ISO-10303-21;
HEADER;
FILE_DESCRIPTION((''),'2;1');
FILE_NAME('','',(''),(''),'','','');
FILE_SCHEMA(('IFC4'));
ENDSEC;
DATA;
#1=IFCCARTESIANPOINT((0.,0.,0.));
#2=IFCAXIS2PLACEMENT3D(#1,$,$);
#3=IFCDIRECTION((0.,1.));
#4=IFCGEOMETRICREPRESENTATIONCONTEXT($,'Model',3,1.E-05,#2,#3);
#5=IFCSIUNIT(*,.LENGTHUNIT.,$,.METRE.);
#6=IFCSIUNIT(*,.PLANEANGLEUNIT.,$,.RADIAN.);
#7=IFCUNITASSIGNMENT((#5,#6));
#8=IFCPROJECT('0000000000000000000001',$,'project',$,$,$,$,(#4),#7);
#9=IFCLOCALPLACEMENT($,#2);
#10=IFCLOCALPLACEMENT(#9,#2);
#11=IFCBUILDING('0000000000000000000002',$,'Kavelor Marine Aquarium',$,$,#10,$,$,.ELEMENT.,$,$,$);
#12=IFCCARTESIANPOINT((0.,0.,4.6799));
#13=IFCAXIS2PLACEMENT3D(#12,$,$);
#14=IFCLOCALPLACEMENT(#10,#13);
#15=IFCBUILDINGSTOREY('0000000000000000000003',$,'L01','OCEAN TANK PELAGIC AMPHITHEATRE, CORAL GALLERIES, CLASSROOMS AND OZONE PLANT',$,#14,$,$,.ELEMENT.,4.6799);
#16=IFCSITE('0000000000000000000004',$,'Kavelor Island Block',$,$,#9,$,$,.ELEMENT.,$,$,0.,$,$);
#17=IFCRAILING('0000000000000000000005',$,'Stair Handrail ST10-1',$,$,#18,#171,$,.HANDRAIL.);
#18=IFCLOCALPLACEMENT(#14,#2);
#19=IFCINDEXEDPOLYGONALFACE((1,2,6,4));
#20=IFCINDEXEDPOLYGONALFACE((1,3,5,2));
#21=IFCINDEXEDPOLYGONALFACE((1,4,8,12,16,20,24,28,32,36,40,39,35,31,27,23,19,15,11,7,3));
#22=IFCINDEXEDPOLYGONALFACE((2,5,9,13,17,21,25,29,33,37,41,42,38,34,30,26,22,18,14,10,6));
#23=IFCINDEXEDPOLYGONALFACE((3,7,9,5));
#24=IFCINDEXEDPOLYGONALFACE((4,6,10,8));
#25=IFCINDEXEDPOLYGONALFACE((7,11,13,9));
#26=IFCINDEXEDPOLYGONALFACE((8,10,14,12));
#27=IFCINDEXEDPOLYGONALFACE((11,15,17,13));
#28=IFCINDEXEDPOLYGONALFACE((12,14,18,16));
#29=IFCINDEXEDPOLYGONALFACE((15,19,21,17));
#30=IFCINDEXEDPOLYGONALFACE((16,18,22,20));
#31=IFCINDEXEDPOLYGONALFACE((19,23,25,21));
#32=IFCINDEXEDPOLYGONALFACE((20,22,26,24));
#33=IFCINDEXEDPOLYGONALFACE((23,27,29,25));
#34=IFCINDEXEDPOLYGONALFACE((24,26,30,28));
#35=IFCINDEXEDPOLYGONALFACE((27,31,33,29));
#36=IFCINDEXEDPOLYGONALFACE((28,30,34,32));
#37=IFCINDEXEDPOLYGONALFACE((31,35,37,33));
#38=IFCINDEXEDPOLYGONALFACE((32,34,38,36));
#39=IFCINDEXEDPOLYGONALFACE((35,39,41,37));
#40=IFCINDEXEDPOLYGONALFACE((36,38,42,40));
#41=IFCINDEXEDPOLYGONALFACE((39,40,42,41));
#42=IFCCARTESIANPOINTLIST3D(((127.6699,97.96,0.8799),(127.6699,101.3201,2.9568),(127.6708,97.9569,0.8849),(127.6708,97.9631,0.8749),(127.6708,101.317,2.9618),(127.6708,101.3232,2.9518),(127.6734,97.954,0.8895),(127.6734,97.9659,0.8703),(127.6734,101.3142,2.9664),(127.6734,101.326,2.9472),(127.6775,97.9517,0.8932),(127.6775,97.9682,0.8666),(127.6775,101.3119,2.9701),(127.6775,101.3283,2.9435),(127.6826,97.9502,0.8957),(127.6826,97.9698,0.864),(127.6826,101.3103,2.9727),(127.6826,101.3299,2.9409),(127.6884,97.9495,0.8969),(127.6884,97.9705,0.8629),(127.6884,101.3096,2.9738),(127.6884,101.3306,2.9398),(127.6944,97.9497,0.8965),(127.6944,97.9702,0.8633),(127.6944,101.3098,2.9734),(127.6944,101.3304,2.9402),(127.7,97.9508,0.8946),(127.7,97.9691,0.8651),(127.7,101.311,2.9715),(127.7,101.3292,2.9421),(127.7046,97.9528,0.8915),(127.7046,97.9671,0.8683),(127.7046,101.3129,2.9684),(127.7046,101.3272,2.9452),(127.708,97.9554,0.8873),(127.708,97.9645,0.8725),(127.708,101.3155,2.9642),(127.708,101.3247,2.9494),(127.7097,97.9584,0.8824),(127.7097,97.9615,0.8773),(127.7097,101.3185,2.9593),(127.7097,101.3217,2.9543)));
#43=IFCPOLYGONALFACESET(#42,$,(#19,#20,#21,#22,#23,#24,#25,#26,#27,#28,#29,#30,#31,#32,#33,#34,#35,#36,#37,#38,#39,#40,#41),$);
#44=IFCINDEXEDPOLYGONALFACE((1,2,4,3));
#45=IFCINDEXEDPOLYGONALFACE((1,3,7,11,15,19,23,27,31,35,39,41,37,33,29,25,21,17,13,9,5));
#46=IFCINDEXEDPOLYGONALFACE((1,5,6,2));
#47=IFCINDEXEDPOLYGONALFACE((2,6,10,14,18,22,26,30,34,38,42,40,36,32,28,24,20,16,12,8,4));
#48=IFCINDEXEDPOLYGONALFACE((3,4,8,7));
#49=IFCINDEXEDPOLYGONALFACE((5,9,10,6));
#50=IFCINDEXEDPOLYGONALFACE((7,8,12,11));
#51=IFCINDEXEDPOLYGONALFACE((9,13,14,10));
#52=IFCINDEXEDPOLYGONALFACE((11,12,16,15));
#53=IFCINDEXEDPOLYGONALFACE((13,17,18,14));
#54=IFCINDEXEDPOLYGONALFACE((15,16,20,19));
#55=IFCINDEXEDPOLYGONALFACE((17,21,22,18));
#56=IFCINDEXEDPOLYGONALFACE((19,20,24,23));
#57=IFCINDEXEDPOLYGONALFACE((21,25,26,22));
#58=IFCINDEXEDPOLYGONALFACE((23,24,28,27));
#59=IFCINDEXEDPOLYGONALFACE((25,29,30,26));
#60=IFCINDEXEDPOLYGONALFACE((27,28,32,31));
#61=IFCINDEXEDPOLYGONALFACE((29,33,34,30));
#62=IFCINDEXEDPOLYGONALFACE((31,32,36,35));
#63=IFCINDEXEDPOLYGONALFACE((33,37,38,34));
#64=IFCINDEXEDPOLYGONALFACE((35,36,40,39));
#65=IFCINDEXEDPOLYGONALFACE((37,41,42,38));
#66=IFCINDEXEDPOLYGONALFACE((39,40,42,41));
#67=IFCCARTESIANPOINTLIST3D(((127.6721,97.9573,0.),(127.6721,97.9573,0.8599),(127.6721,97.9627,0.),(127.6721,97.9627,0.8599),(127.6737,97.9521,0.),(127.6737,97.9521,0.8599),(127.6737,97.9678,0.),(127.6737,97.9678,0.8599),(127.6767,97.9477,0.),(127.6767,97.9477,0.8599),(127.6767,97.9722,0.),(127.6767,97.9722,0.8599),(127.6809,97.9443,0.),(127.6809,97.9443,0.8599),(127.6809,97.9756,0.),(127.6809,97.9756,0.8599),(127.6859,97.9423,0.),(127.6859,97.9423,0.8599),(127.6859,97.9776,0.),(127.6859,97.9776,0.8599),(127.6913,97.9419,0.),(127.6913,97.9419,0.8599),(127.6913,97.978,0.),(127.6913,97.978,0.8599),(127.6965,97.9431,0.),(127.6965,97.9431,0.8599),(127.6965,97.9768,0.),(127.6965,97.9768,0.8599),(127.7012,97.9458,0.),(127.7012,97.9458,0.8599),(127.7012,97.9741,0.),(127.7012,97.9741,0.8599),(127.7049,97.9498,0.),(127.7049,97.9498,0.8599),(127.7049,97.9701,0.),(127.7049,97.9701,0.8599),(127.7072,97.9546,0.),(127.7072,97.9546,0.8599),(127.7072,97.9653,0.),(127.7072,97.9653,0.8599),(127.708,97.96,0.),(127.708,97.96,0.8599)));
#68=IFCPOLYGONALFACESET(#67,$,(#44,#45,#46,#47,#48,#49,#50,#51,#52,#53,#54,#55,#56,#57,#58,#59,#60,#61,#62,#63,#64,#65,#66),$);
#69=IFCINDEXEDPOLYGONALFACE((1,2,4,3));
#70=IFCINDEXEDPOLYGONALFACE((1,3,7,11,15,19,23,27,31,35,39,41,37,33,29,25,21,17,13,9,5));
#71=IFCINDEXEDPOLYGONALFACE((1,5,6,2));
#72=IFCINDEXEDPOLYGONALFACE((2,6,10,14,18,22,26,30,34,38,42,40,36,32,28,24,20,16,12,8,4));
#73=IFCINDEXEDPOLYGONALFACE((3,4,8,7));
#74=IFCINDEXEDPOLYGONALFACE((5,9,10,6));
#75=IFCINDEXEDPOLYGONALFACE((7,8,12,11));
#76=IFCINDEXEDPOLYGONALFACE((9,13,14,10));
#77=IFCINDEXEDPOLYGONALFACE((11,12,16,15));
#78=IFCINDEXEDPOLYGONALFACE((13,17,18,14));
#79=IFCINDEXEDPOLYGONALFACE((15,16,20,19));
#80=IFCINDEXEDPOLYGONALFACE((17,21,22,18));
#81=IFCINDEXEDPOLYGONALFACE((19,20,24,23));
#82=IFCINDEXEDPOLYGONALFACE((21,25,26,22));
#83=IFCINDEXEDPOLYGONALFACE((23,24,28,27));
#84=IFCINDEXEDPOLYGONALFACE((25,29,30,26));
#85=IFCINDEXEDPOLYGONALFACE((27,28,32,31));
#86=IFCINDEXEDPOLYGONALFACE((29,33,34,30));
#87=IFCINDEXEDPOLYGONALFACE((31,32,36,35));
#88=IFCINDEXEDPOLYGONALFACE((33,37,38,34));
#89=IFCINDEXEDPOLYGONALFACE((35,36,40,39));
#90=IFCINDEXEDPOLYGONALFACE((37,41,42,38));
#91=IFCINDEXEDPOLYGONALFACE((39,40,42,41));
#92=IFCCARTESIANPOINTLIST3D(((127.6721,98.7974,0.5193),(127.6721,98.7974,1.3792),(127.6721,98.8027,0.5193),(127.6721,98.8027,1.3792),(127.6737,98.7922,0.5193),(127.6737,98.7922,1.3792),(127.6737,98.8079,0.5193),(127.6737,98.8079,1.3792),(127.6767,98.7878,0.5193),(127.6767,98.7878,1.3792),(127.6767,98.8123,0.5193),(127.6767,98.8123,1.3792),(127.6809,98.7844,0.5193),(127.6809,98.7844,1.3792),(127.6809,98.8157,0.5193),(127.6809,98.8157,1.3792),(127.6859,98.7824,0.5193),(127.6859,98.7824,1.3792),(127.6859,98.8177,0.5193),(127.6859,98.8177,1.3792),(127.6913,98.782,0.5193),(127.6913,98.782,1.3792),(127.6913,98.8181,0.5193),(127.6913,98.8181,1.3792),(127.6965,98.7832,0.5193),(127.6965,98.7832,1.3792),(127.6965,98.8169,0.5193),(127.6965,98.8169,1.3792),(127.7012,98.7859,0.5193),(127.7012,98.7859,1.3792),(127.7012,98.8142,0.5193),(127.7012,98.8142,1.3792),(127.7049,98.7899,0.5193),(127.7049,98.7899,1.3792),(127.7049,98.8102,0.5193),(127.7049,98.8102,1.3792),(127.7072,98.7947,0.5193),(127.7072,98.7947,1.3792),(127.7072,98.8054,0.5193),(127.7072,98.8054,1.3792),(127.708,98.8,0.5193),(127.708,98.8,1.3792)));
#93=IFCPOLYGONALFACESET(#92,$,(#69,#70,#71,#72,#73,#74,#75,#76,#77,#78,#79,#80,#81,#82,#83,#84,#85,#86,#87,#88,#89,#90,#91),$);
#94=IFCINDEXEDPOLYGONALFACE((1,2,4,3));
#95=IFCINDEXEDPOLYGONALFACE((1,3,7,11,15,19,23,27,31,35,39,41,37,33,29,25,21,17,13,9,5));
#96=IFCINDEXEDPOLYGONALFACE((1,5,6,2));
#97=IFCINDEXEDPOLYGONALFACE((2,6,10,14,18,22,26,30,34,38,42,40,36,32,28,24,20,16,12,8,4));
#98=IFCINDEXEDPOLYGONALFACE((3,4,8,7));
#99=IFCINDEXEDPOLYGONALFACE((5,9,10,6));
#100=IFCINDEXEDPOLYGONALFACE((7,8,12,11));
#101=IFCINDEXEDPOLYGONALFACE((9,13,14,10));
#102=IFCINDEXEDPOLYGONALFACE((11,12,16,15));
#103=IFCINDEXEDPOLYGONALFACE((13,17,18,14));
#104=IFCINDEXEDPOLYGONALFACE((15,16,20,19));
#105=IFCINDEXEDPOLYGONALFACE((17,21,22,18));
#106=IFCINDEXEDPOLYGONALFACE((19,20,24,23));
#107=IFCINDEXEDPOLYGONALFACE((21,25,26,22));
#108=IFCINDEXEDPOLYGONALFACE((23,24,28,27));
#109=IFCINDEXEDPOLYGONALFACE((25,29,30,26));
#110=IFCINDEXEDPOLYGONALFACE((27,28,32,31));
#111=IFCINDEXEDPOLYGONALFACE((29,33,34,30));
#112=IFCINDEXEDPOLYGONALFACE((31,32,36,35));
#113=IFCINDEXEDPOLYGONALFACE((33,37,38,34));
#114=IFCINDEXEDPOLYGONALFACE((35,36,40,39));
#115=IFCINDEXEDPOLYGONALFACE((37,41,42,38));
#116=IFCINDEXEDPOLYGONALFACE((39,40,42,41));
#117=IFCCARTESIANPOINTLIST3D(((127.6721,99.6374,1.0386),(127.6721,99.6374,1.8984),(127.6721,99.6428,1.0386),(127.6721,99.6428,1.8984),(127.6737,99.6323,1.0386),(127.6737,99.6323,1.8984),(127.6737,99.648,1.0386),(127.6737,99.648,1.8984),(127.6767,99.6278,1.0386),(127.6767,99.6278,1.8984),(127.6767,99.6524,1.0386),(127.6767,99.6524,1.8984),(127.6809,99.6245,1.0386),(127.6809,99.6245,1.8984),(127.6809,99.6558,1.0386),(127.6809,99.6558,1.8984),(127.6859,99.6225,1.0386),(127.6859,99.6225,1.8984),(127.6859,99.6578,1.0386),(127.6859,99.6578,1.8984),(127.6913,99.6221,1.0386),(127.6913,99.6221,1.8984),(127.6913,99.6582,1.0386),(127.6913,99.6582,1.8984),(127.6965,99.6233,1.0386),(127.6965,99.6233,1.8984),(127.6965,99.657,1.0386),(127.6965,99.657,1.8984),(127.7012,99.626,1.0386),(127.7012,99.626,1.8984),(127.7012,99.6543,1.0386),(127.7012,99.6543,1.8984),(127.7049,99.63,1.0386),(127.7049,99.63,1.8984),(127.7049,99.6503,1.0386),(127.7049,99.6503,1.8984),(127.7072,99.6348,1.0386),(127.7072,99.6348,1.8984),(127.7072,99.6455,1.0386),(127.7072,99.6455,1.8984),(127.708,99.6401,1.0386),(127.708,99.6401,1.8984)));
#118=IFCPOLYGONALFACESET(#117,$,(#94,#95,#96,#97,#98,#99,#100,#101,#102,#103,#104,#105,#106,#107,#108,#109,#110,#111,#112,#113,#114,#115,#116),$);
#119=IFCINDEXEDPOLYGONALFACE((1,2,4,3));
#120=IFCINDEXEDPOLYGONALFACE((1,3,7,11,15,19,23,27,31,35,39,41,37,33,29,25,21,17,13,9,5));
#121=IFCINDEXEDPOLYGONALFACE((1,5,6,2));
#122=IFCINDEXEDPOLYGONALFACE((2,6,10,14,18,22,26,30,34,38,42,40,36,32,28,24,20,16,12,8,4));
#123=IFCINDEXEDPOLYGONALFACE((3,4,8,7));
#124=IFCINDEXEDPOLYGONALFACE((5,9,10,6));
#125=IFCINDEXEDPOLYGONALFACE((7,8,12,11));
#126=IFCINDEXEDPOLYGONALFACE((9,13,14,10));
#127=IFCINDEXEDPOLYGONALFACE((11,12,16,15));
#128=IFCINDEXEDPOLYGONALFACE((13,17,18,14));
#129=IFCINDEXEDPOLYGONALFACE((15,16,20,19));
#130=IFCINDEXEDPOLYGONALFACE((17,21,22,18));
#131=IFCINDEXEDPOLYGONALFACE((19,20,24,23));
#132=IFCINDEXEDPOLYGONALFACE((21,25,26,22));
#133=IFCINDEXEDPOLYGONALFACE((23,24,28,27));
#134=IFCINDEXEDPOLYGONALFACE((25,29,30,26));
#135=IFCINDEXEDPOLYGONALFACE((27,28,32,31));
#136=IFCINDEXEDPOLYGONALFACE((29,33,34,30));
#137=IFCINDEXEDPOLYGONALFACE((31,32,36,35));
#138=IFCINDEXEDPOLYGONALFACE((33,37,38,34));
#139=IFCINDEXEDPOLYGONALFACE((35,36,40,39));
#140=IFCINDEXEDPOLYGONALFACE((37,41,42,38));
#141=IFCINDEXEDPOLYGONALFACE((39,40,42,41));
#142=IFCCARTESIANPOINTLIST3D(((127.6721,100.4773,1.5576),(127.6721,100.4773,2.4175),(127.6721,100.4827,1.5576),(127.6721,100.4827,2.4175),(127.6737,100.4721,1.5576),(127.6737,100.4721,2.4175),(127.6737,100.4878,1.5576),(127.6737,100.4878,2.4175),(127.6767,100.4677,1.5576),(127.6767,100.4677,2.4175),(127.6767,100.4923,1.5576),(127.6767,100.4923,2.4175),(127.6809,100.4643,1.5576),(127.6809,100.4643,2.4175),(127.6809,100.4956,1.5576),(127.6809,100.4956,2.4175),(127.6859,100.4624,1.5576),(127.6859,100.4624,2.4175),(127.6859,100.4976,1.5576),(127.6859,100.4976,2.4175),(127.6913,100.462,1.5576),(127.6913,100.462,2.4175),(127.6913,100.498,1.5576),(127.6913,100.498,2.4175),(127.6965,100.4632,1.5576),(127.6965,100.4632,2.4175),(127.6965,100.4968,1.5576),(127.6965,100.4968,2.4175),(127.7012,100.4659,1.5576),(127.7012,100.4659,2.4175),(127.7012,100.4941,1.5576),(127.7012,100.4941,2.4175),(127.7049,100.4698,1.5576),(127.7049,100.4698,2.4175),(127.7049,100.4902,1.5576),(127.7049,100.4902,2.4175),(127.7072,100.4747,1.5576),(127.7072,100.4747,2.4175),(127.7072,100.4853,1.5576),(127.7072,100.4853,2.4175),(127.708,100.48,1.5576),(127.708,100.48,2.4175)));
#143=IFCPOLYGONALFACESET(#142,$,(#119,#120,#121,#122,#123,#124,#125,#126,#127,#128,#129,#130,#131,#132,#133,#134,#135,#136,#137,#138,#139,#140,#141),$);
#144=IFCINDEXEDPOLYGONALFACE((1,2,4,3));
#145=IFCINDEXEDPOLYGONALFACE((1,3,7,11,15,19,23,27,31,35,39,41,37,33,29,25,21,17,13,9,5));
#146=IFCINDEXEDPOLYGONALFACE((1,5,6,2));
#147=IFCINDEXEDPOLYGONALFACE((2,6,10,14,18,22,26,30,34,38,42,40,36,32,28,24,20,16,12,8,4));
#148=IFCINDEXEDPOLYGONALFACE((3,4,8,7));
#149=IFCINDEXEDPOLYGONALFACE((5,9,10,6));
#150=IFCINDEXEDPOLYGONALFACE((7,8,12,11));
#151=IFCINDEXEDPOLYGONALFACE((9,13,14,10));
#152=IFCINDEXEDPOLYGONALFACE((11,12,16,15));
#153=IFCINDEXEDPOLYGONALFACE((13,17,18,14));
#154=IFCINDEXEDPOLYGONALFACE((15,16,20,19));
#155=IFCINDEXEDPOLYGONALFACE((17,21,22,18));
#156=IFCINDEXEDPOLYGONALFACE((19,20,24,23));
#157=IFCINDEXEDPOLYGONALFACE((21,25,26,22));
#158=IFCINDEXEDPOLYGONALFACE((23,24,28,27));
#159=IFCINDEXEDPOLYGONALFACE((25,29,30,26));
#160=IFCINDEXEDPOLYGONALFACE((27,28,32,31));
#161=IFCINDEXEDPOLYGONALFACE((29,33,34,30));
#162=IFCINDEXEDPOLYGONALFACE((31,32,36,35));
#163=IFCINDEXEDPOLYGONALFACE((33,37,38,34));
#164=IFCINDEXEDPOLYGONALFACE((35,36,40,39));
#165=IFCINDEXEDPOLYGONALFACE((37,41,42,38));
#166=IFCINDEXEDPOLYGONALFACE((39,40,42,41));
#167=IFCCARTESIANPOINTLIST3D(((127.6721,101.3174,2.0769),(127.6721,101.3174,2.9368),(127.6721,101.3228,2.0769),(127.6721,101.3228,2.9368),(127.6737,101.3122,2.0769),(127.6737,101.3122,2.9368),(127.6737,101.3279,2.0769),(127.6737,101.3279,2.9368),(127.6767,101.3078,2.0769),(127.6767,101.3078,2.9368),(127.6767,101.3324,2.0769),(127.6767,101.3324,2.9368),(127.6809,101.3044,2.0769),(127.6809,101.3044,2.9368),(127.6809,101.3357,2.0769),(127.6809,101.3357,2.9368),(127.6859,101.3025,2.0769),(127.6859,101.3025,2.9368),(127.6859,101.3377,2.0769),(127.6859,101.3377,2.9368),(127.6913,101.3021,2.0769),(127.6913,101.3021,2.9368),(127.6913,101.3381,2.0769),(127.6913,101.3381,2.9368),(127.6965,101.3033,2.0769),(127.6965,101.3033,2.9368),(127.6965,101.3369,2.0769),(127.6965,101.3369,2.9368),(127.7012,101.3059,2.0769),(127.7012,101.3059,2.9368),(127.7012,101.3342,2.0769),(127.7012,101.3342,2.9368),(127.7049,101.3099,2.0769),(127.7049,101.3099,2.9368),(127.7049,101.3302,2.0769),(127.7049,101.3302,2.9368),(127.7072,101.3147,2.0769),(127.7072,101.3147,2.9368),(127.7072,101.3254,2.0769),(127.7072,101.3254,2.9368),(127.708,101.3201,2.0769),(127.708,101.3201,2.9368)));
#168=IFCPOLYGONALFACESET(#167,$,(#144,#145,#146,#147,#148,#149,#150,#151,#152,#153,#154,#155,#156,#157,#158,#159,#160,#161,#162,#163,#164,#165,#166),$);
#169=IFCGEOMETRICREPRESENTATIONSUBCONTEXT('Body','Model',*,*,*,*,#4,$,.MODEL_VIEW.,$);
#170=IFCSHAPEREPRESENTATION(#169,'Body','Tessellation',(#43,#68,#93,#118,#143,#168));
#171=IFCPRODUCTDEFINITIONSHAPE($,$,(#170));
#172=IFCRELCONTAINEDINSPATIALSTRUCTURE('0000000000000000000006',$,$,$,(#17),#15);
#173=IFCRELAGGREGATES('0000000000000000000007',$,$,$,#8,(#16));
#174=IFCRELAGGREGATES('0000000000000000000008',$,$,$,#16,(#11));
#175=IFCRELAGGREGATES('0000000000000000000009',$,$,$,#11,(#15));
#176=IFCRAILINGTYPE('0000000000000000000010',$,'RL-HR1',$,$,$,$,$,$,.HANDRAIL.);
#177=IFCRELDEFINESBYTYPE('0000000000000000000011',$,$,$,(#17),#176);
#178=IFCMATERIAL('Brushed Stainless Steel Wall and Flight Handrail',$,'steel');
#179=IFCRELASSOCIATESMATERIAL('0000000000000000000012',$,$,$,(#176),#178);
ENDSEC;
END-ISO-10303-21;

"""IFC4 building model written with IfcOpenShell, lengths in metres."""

from ifc_helpers import new_model, si_unit, direction, frame, origin, origin_2d, place, context, subcontext, project, spatial, circle, extrude, material, type_object, element, save


model = new_model("IFC4")

# Units and contexts
model_context = context("Model", 3, precision=1e-05, world=origin(), true_north=direction((0.0, 1.0)))
body_context = subcontext(model_context, "Body", "Model", "MODEL_VIEW")
ifc_project = project(units=[si_unit("LENGTHUNIT", "METRE"), si_unit("PLANEANGLEUNIT", "RADIAN")], contexts=[model_context])

# Site, building, storey
site_placement = place(None, origin())
site = spatial("IfcSite", under=ifc_project, at=site_placement, Name="Kavelor Island Block", CompositionType="ELEMENT", RefElevation=0.0)
building_placement = place(site_placement, origin())
building = spatial("IfcBuilding", under=site, at=building_placement, Name="Kavelor Marine Aquarium", CompositionType="ELEMENT")
storey_placement = place(building_placement, frame((0.0, 0.0, 4.6799)))
storey = spatial("IfcBuildingStorey", under=building, at=storey_placement, Name="L01", Description="OCEAN TANK PELAGIC AMPHITHEATRE, CORAL GALLERIES, CLASSROOMS AND OZONE PLANT", CompositionType="ELEMENT", Elevation=4.6799)

# Railing
ifc_material_1 = material(Name="Brushed Stainless Steel Wall and Flight Handrail", Category="steel")
railing_type_1 = type_object("IfcRailingType", Name="RL-HR1", PredefinedType="HANDRAIL", material=ifc_material_1)
railing_1_placement = place(storey_placement, frame((127.6899, 97.96, 0.0)))
element("IfcRailing", 1, at=railing_1_placement, inside=storey, type_object=railing_type_1, Name="Stair Handrail ST10-1", PredefinedType="HANDRAIL", context=body_context, shape_type="SweptSolid", body=[
    extrude(circle(Radius=0.02, at=origin_2d()), frame((0.0, 0.0, 0.8799), z_axis=(0.0, 0.850623, 0.525776), x_axis=(-1.0, 0.0, 0.0)), (0.0, 0.0, 1.0), 3.9502),
    extrude(circle(Radius=0.0181, at=origin_2d()), origin(), (0.0, 0.0, 1.0), 0.8599),
    extrude(circle(Radius=0.0181, at=origin_2d()), frame((0.0, 0.8401, 0.5193)), (0.0, 0.0, 1.0), 0.8599),
    extrude(circle(Radius=0.0181, at=origin_2d()), frame((0.0, 1.6802, 1.0386)), (0.0, 0.0, 1.0), 0.8599),
    extrude(circle(Radius=0.0181, at=origin_2d()), frame((0.0, 2.52, 1.5576)), (0.0, 0.0, 1.0), 0.8599),
    extrude(circle(Radius=0.0181, at=origin_2d()), frame((0.0, 3.3601, 2.0769)), (0.0, 0.0, 1.0), 0.8599),
])

save(model, "model.ifc")
